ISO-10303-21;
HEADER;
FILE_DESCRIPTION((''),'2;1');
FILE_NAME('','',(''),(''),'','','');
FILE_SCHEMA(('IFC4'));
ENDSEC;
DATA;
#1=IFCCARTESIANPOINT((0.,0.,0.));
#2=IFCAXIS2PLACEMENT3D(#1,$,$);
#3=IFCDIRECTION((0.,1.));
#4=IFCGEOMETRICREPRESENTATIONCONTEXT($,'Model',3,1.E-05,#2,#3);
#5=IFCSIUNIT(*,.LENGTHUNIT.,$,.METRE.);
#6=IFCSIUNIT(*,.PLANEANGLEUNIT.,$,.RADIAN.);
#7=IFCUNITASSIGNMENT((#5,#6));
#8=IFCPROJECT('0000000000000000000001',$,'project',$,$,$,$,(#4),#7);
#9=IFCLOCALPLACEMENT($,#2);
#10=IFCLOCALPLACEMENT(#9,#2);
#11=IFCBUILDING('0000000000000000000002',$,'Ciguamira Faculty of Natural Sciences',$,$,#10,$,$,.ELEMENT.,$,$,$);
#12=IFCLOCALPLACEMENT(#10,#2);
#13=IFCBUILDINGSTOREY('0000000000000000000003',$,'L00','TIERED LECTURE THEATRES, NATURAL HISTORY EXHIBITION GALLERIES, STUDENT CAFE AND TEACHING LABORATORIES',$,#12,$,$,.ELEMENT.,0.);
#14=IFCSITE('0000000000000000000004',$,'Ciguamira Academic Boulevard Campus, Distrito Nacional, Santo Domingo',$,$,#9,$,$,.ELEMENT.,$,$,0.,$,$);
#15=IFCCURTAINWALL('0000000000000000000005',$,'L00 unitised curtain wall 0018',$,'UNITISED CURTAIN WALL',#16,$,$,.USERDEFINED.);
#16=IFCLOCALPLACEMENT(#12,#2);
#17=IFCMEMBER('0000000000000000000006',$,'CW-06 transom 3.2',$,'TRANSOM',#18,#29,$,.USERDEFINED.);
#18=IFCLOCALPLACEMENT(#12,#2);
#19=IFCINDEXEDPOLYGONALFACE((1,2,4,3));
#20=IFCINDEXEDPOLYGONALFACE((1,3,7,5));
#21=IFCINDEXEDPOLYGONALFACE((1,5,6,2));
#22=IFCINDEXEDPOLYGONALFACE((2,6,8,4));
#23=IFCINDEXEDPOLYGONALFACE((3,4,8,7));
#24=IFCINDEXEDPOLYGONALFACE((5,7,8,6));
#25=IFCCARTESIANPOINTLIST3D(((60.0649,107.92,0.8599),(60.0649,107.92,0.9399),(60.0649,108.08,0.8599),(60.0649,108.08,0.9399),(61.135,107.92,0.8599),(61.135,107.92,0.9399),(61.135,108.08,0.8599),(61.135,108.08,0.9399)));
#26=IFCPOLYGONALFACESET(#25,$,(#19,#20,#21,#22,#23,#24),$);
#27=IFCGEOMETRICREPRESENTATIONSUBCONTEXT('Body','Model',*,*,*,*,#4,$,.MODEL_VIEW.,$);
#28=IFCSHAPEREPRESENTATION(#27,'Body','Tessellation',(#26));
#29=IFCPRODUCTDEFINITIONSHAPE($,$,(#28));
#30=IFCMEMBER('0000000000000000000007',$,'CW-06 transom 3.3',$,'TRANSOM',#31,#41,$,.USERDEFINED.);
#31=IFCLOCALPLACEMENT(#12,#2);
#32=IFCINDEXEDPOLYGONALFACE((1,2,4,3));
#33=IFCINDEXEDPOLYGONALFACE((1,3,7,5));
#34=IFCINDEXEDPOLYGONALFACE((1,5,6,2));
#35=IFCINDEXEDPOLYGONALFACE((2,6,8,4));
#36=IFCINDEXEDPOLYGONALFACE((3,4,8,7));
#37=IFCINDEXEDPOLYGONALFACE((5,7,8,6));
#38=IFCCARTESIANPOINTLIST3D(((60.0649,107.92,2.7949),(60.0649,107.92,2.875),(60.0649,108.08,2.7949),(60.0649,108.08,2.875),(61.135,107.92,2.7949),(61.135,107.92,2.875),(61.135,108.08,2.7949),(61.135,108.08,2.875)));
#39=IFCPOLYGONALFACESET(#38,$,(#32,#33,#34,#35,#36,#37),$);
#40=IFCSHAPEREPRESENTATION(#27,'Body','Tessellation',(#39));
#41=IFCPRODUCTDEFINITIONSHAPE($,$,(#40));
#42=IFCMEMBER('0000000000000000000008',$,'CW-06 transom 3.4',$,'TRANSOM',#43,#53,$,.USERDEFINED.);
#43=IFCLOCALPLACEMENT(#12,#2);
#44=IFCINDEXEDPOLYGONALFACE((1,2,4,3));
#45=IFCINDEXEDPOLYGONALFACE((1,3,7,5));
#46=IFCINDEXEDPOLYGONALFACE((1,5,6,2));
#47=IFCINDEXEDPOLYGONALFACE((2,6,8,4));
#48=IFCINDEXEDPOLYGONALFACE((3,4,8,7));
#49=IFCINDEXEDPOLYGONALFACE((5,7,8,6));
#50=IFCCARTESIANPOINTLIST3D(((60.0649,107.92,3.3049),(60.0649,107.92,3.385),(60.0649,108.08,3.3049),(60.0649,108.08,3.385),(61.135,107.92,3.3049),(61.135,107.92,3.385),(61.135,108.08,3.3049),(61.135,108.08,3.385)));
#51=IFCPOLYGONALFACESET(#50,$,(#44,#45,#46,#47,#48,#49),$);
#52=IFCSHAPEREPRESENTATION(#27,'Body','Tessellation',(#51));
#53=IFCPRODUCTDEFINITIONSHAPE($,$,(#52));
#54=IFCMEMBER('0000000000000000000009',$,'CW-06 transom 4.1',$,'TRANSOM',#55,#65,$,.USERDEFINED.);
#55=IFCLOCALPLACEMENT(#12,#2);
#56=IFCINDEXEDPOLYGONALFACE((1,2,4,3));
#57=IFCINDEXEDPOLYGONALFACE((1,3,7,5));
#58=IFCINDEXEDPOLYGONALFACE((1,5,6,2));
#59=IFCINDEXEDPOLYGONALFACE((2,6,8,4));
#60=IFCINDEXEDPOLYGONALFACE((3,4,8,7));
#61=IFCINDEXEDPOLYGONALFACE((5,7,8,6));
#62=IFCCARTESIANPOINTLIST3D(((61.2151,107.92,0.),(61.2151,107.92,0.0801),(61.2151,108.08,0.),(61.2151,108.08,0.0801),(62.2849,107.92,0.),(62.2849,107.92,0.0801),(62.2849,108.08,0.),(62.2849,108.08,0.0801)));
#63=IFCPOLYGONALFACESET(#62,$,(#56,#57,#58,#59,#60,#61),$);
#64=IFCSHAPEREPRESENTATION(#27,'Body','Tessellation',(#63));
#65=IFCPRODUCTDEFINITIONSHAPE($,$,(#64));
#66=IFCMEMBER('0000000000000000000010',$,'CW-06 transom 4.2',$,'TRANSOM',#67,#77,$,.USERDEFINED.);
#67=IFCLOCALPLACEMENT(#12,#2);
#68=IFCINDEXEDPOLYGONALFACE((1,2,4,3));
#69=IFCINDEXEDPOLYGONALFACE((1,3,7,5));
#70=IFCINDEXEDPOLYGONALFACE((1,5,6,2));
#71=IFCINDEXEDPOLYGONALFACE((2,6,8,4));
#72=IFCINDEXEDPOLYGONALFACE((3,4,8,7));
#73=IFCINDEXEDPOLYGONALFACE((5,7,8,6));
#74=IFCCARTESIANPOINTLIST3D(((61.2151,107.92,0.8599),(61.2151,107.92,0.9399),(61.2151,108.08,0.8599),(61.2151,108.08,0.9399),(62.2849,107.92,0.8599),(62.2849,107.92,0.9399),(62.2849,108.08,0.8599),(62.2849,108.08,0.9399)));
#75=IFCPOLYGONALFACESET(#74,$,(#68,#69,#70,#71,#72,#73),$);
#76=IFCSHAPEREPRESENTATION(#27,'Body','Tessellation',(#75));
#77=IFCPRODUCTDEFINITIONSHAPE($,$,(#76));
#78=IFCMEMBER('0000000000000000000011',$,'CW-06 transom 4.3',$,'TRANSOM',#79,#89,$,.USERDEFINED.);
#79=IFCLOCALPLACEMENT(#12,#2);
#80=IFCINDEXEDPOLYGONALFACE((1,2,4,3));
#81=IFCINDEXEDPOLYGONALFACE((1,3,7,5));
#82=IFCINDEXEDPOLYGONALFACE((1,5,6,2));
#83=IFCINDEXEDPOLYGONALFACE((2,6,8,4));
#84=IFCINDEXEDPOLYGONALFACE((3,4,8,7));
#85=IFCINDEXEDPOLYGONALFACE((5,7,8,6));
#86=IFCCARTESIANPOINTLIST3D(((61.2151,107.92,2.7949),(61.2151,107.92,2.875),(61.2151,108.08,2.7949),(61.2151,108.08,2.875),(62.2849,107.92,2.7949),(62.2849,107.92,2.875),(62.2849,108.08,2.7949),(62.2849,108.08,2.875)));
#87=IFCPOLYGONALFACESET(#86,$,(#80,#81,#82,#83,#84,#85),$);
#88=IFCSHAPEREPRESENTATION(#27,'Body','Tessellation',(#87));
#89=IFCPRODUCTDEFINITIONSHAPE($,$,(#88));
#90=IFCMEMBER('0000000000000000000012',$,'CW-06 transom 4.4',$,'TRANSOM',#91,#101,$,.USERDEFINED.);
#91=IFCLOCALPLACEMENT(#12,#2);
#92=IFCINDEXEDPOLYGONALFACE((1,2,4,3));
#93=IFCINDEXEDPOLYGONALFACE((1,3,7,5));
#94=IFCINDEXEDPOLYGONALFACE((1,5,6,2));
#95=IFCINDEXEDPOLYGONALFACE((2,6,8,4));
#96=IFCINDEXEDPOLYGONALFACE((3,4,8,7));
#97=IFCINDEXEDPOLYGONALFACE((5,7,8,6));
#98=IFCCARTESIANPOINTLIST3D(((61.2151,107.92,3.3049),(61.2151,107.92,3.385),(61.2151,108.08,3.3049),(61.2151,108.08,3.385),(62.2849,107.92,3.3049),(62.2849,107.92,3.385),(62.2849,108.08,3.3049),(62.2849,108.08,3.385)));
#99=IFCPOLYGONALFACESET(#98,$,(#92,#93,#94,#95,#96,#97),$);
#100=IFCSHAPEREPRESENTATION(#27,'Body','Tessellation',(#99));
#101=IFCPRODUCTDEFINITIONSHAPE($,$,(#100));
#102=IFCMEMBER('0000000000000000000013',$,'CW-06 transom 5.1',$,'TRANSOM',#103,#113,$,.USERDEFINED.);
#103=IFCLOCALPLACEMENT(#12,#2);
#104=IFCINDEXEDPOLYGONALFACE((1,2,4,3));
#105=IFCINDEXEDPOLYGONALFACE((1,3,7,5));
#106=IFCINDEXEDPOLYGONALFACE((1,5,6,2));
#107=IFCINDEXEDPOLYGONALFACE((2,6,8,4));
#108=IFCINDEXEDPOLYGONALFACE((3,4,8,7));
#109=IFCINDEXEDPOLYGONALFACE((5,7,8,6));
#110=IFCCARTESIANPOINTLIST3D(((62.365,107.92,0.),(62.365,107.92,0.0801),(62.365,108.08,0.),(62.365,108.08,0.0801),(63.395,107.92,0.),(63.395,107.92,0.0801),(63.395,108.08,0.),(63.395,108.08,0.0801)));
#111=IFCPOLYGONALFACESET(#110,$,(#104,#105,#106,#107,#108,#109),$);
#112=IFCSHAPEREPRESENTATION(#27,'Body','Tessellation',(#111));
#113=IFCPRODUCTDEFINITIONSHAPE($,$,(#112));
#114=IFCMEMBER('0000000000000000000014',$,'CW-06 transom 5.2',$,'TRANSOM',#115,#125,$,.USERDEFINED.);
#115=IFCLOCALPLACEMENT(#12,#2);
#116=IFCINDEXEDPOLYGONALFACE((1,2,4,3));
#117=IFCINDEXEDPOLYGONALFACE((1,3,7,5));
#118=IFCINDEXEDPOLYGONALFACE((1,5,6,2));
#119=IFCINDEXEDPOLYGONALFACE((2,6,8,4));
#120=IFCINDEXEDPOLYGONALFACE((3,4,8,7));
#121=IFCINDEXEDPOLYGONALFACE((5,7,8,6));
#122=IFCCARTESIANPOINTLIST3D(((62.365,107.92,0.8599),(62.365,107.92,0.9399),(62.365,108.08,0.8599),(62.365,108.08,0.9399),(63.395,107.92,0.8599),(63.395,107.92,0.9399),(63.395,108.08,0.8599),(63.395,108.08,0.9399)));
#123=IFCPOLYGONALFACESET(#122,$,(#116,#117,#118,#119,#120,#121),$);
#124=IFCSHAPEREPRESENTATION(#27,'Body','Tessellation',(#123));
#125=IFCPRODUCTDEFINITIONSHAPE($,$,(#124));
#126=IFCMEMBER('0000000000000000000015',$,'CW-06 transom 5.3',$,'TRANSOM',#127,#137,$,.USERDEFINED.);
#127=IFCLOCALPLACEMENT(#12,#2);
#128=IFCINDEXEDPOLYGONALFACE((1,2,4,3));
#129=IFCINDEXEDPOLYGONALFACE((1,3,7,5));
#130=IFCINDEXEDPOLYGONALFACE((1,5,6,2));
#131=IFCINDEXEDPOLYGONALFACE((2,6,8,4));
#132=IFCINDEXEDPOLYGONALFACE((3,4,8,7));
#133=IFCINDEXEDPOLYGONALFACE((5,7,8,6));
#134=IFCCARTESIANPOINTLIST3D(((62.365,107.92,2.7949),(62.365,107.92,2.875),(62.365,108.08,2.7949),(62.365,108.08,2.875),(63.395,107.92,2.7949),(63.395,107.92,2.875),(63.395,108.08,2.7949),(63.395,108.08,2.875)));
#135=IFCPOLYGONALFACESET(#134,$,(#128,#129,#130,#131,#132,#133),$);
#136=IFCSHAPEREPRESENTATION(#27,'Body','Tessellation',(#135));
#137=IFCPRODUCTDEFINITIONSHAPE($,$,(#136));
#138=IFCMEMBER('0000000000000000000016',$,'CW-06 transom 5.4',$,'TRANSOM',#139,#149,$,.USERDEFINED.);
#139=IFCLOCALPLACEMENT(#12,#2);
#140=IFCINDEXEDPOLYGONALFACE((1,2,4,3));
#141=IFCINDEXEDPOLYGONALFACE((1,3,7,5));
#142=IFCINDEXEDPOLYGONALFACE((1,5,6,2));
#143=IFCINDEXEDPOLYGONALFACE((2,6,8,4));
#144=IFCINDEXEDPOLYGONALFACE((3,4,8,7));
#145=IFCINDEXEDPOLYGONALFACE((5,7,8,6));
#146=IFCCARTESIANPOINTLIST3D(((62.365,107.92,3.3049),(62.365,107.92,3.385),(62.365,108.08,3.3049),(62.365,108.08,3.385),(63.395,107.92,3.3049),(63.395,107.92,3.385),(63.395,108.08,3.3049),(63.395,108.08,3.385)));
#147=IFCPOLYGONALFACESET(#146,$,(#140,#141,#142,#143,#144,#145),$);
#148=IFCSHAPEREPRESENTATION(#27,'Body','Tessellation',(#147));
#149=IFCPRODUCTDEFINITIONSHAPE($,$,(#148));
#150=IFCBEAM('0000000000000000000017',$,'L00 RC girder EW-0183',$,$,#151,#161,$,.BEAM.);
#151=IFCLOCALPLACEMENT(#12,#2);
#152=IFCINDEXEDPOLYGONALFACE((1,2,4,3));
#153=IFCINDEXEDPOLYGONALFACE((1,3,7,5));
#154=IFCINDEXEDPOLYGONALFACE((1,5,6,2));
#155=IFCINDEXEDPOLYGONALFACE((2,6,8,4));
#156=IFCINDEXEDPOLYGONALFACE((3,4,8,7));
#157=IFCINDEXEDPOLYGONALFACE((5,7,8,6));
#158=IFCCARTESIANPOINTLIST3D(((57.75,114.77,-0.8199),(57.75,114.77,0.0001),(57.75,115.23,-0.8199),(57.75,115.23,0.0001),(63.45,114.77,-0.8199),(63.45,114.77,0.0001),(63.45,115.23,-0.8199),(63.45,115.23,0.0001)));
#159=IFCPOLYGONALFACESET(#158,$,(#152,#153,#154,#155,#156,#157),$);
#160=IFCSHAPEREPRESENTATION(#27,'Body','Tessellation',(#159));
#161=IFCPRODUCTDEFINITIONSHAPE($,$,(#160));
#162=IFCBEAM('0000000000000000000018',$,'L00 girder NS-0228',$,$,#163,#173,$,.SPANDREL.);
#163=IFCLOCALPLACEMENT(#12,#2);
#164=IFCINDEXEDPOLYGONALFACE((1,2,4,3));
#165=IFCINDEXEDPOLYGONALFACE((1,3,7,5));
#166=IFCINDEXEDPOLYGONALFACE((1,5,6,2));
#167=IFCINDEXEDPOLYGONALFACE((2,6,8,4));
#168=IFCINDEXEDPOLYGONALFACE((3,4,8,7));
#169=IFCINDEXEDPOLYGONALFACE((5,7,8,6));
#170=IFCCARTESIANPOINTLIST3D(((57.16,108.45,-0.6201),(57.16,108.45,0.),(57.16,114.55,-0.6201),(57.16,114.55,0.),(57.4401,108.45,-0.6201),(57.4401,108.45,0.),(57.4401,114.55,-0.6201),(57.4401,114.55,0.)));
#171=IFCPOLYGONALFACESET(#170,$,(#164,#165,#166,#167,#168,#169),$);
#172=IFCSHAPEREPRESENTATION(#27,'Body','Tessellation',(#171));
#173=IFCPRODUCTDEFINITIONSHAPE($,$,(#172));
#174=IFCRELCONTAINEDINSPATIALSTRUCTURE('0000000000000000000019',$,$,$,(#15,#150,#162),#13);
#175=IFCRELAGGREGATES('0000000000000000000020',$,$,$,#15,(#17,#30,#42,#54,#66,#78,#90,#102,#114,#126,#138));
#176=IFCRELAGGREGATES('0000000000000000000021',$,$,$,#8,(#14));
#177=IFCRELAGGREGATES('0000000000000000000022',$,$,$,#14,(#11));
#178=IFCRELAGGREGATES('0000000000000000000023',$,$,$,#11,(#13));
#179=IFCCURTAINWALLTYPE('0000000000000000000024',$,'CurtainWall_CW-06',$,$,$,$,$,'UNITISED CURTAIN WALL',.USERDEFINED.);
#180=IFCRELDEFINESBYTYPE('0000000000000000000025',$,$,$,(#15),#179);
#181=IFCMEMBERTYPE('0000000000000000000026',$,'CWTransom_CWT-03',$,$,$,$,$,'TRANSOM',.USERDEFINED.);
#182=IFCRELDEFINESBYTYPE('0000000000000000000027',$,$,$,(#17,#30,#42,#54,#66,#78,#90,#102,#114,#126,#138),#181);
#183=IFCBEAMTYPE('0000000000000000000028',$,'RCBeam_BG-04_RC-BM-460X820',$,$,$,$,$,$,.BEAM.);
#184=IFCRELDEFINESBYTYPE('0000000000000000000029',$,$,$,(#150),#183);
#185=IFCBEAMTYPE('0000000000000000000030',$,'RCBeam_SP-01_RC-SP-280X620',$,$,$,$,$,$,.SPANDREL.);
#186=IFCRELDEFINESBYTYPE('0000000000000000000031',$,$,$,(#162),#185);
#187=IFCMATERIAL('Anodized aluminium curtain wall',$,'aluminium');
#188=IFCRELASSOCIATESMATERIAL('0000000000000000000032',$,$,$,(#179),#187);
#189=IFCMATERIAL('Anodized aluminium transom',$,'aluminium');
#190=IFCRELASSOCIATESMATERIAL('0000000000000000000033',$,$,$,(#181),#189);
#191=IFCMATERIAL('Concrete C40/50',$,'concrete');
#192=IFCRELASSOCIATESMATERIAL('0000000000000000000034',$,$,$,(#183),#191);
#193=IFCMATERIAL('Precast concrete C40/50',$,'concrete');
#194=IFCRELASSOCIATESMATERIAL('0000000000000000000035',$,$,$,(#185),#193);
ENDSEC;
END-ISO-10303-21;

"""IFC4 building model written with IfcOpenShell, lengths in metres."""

from ifc_helpers import new_model, si_unit, direction, frame, origin, origin_2d, place, context, subcontext, project, spatial, rectangle, extrude, material, material_profile, profile_set, type_object, element, aggregate, save


model = new_model("IFC4")

# Units and contexts
model_context = context("Model", 3, precision=1e-05, world=origin(), true_north=direction((0.0, 1.0)))
body_context = subcontext(model_context, "Body", "Model", "MODEL_VIEW")
ifc_project = project(units=[si_unit("LENGTHUNIT", "METRE"), si_unit("PLANEANGLEUNIT", "RADIAN")], contexts=[model_context])

# Site, building, storey
site_placement = place(None, origin())
site = spatial("IfcSite", under=ifc_project, at=site_placement, Name="Ciguamira Academic Boulevard Campus, Distrito Nacional, Santo Domingo", CompositionType="ELEMENT", RefElevation=0.0)
building_placement = place(site_placement, origin())
building = spatial("IfcBuilding", under=site, at=building_placement, Name="Ciguamira Faculty of Natural Sciences", CompositionType="ELEMENT")
storey_placement = place(building_placement, origin())
storey = spatial("IfcBuildingStorey", under=building, at=storey_placement, Name="L00", Description="TIERED LECTURE THEATRES, NATURAL HISTORY EXHIBITION GALLERIES, STUDENT CAFE AND TEACHING LABORATORIES", CompositionType="ELEMENT", Elevation=0.0)

# Curtain wall, members
ifc_material_1 = material(Name="Anodized aluminium curtain wall", Category="aluminium")
curtain_wall_type = type_object("IfcCurtainWallType", Name="CurtainWall_CW-06", ElementType="UNITISED CURTAIN WALL", PredefinedType="USERDEFINED", material=ifc_material_1)
curtain_wall_placement = place(storey_placement, origin())
curtain_wall = element("IfcCurtainWall", 1, at=curtain_wall_placement, inside=storey, type_object=curtain_wall_type, Name="L00 unitised curtain wall 0018", ObjectType="UNITISED CURTAIN WALL", PredefinedType="USERDEFINED")
ifc_material_2 = material(Name="Anodized aluminium transom", Category="aluminium")
ifc_material_profile_1 = material_profile(ifc_material_2, rectangle(XDim=0.0801, YDim=0.1599, at=origin_2d()), Name="ALU-TRN-80X160")
ifc_profile_set_1 = profile_set([ifc_material_profile_1], Name="Anodized aluminium transom")
member_type_1 = type_object("IfcMemberType", Name="CWTransom_CWT-03", ElementType="TRANSOM", PredefinedType="USERDEFINED", material=ifc_profile_set_1)
member_1_placement = place(storey_placement, frame((60.0649, 108.0, 0.8999), z_axis=(1.0, 0.0, 0.0), x_axis=(0.0, 0.0, 1.0)))
member_1 = element("IfcMember", 2, at=member_1_placement, type_object=member_type_1, Name="CW-06 transom 3.2", ObjectType="TRANSOM", PredefinedType="USERDEFINED", context=body_context, shape_type="SweptSolid", body=[
    extrude(rectangle(XDim=0.0801, YDim=0.1599, at=origin_2d()), origin(), (0.0, 0.0, 1.0), 1.0701),
])
member_2_placement = place(storey_placement, frame((60.0649, 108.0, 2.835), z_axis=(1.0, 0.0, 0.0), x_axis=(0.0, 0.0, 1.0)))
member_2 = element("IfcMember", 3, at=member_2_placement, type_object=member_type_1, Name="CW-06 transom 3.3", ObjectType="TRANSOM", PredefinedType="USERDEFINED", context=body_context, shape_type="SweptSolid", body=[
    extrude(rectangle(XDim=0.0801, YDim=0.1599, at=origin_2d()), origin(), (0.0, 0.0, 1.0), 1.0701),
])
member_3_placement = place(storey_placement, frame((60.0649, 108.0, 3.345), z_axis=(1.0, 0.0, 0.0), x_axis=(0.0, 0.0, 1.0)))
member_3 = element("IfcMember", 4, at=member_3_placement, type_object=member_type_1, Name="CW-06 transom 3.4", ObjectType="TRANSOM", PredefinedType="USERDEFINED", context=body_context, shape_type="SweptSolid", body=[
    extrude(rectangle(XDim=0.0801, YDim=0.1599, at=origin_2d()), origin(), (0.0, 0.0, 1.0), 1.0701),
])
member_4_placement = place(storey_placement, frame((61.2151, 108.0, 0.04), z_axis=(1.0, 0.0, 0.0), x_axis=(0.0, 0.0, 1.0)))
member_4 = element("IfcMember", 5, at=member_4_placement, type_object=member_type_1, Name="CW-06 transom 4.1", ObjectType="TRANSOM", PredefinedType="USERDEFINED", context=body_context, shape_type="SweptSolid", body=[
    extrude(rectangle(XDim=0.0801, YDim=0.1599, at=origin_2d()), origin(), (0.0, 0.0, 1.0), 1.0698),
])
member_5_placement = place(storey_placement, frame((61.2151, 108.0, 0.8999), z_axis=(1.0, 0.0, 0.0), x_axis=(0.0, 0.0, 1.0)))
member_5 = element("IfcMember", 6, at=member_5_placement, type_object=member_type_1, Name="CW-06 transom 4.2", ObjectType="TRANSOM", PredefinedType="USERDEFINED", context=body_context, shape_type="SweptSolid", body=[
    extrude(rectangle(XDim=0.0801, YDim=0.1599, at=origin_2d()), origin(), (0.0, 0.0, 1.0), 1.0698),
])
member_6_placement = place(storey_placement, frame((61.2151, 108.0, 2.835), z_axis=(1.0, 0.0, 0.0), x_axis=(0.0, 0.0, 1.0)))
member_6 = element("IfcMember", 7, at=member_6_placement, type_object=member_type_1, Name="CW-06 transom 4.3", ObjectType="TRANSOM", PredefinedType="USERDEFINED", context=body_context, shape_type="SweptSolid", body=[
    extrude(rectangle(XDim=0.0801, YDim=0.1599, at=origin_2d()), origin(), (0.0, 0.0, 1.0), 1.0698),
])
member_7_placement = place(storey_placement, frame((61.2151, 108.0, 3.345), z_axis=(1.0, 0.0, 0.0), x_axis=(0.0, 0.0, 1.0)))
member_7 = element("IfcMember", 8, at=member_7_placement, type_object=member_type_1, Name="CW-06 transom 4.4", ObjectType="TRANSOM", PredefinedType="USERDEFINED", context=body_context, shape_type="SweptSolid", body=[
    extrude(rectangle(XDim=0.0801, YDim=0.1599, at=origin_2d()), origin(), (0.0, 0.0, 1.0), 1.0698),
])
member_8_placement = place(storey_placement, frame((62.365, 108.0, 0.04), z_axis=(1.0, 0.0, 0.0), x_axis=(0.0, 0.0, 1.0)))
member_8 = element("IfcMember", 9, at=member_8_placement, type_object=member_type_1, Name="CW-06 transom 5.1", ObjectType="TRANSOM", PredefinedType="USERDEFINED", context=body_context, shape_type="SweptSolid", body=[
    extrude(rectangle(XDim=0.0801, YDim=0.1599, at=origin_2d()), origin(), (0.0, 0.0, 1.0), 1.03),
])
member_9_placement = place(storey_placement, frame((62.365, 108.0, 0.8999), z_axis=(1.0, 0.0, 0.0), x_axis=(0.0, 0.0, 1.0)))
member_9 = element("IfcMember", 10, at=member_9_placement, type_object=member_type_1, Name="CW-06 transom 5.2", ObjectType="TRANSOM", PredefinedType="USERDEFINED", context=body_context, shape_type="SweptSolid", body=[
    extrude(rectangle(XDim=0.0801, YDim=0.1599, at=origin_2d()), origin(), (0.0, 0.0, 1.0), 1.03),
])
member_10_placement = place(storey_placement, frame((62.365, 108.0, 2.835), z_axis=(1.0, 0.0, 0.0), x_axis=(0.0, 0.0, 1.0)))
member_10 = element("IfcMember", 11, at=member_10_placement, type_object=member_type_1, Name="CW-06 transom 5.3", ObjectType="TRANSOM", PredefinedType="USERDEFINED", context=body_context, shape_type="SweptSolid", body=[
    extrude(rectangle(XDim=0.0801, YDim=0.1599, at=origin_2d()), origin(), (0.0, 0.0, 1.0), 1.03),
])
member_11_placement = place(storey_placement, frame((62.365, 108.0, 3.345), z_axis=(1.0, 0.0, 0.0), x_axis=(0.0, 0.0, 1.0)))
member_11 = element("IfcMember", 12, at=member_11_placement, type_object=member_type_1, Name="CW-06 transom 5.4", ObjectType="TRANSOM", PredefinedType="USERDEFINED", context=body_context, shape_type="SweptSolid", body=[
    extrude(rectangle(XDim=0.0801, YDim=0.1599, at=origin_2d()), origin(), (0.0, 0.0, 1.0), 1.03),
])

# Beams
ifc_material_3 = material(Name="Concrete C40/50", Category="concrete")
ifc_material_profile_2 = material_profile(ifc_material_3, rectangle(XDim=0.46, YDim=0.8201, at=origin_2d()), Name="RC-BM-460X820")
ifc_profile_set_2 = profile_set([ifc_material_profile_2], Name="Concrete C40/50")
beam_type_1 = type_object("IfcBeamType", Name="RCBeam_BG-04_RC-BM-460X820", PredefinedType="BEAM", material=ifc_profile_set_2)
beam_1_placement = place(storey_placement, frame((57.75, 115.0, -0.4099), z_axis=(1.0, 0.0, 0.0), x_axis=(0.0, 1.0, 0.0)))
element("IfcBeam", 13, at=beam_1_placement, inside=storey, type_object=beam_type_1, Name="L00 RC girder EW-0183", PredefinedType="BEAM", context=body_context, shape_type="SweptSolid", body=[
    extrude(rectangle(XDim=0.46, YDim=0.8201, at=origin_2d()), origin(), (0.0, 0.0, 1.0), 5.7),
])
ifc_material_4 = material(Name="Precast concrete C40/50", Category="concrete")
ifc_material_profile_3 = material_profile(ifc_material_4, rectangle(XDim=0.28, YDim=0.6201, at=origin_2d()), Name="RC-SP-280X620")
ifc_profile_set_3 = profile_set([ifc_material_profile_3], Name="Precast concrete C40/50")
beam_type_2 = type_object("IfcBeamType", Name="RCBeam_SP-01_RC-SP-280X620", PredefinedType="SPANDREL", material=ifc_profile_set_3)
beam_2_placement = place(storey_placement, frame((57.3, 108.45, -0.3101), z_axis=(0.0, 1.0, 0.0), x_axis=(-1.0, 0.0, 0.0)))
element("IfcBeam", 14, at=beam_2_placement, inside=storey, type_object=beam_type_2, Name="L00 girder NS-0228", PredefinedType="SPANDREL", context=body_context, shape_type="SweptSolid", body=[
    extrude(rectangle(XDim=0.28, YDim=0.6201, at=origin_2d()), origin(), (0.0, 0.0, 1.0), 6.1001),
])

aggregate(curtain_wall, [member_1, member_2, member_3, member_4, member_5, member_6, member_7, member_8, member_9, member_10, member_11])

save(model, "model.ifc")
